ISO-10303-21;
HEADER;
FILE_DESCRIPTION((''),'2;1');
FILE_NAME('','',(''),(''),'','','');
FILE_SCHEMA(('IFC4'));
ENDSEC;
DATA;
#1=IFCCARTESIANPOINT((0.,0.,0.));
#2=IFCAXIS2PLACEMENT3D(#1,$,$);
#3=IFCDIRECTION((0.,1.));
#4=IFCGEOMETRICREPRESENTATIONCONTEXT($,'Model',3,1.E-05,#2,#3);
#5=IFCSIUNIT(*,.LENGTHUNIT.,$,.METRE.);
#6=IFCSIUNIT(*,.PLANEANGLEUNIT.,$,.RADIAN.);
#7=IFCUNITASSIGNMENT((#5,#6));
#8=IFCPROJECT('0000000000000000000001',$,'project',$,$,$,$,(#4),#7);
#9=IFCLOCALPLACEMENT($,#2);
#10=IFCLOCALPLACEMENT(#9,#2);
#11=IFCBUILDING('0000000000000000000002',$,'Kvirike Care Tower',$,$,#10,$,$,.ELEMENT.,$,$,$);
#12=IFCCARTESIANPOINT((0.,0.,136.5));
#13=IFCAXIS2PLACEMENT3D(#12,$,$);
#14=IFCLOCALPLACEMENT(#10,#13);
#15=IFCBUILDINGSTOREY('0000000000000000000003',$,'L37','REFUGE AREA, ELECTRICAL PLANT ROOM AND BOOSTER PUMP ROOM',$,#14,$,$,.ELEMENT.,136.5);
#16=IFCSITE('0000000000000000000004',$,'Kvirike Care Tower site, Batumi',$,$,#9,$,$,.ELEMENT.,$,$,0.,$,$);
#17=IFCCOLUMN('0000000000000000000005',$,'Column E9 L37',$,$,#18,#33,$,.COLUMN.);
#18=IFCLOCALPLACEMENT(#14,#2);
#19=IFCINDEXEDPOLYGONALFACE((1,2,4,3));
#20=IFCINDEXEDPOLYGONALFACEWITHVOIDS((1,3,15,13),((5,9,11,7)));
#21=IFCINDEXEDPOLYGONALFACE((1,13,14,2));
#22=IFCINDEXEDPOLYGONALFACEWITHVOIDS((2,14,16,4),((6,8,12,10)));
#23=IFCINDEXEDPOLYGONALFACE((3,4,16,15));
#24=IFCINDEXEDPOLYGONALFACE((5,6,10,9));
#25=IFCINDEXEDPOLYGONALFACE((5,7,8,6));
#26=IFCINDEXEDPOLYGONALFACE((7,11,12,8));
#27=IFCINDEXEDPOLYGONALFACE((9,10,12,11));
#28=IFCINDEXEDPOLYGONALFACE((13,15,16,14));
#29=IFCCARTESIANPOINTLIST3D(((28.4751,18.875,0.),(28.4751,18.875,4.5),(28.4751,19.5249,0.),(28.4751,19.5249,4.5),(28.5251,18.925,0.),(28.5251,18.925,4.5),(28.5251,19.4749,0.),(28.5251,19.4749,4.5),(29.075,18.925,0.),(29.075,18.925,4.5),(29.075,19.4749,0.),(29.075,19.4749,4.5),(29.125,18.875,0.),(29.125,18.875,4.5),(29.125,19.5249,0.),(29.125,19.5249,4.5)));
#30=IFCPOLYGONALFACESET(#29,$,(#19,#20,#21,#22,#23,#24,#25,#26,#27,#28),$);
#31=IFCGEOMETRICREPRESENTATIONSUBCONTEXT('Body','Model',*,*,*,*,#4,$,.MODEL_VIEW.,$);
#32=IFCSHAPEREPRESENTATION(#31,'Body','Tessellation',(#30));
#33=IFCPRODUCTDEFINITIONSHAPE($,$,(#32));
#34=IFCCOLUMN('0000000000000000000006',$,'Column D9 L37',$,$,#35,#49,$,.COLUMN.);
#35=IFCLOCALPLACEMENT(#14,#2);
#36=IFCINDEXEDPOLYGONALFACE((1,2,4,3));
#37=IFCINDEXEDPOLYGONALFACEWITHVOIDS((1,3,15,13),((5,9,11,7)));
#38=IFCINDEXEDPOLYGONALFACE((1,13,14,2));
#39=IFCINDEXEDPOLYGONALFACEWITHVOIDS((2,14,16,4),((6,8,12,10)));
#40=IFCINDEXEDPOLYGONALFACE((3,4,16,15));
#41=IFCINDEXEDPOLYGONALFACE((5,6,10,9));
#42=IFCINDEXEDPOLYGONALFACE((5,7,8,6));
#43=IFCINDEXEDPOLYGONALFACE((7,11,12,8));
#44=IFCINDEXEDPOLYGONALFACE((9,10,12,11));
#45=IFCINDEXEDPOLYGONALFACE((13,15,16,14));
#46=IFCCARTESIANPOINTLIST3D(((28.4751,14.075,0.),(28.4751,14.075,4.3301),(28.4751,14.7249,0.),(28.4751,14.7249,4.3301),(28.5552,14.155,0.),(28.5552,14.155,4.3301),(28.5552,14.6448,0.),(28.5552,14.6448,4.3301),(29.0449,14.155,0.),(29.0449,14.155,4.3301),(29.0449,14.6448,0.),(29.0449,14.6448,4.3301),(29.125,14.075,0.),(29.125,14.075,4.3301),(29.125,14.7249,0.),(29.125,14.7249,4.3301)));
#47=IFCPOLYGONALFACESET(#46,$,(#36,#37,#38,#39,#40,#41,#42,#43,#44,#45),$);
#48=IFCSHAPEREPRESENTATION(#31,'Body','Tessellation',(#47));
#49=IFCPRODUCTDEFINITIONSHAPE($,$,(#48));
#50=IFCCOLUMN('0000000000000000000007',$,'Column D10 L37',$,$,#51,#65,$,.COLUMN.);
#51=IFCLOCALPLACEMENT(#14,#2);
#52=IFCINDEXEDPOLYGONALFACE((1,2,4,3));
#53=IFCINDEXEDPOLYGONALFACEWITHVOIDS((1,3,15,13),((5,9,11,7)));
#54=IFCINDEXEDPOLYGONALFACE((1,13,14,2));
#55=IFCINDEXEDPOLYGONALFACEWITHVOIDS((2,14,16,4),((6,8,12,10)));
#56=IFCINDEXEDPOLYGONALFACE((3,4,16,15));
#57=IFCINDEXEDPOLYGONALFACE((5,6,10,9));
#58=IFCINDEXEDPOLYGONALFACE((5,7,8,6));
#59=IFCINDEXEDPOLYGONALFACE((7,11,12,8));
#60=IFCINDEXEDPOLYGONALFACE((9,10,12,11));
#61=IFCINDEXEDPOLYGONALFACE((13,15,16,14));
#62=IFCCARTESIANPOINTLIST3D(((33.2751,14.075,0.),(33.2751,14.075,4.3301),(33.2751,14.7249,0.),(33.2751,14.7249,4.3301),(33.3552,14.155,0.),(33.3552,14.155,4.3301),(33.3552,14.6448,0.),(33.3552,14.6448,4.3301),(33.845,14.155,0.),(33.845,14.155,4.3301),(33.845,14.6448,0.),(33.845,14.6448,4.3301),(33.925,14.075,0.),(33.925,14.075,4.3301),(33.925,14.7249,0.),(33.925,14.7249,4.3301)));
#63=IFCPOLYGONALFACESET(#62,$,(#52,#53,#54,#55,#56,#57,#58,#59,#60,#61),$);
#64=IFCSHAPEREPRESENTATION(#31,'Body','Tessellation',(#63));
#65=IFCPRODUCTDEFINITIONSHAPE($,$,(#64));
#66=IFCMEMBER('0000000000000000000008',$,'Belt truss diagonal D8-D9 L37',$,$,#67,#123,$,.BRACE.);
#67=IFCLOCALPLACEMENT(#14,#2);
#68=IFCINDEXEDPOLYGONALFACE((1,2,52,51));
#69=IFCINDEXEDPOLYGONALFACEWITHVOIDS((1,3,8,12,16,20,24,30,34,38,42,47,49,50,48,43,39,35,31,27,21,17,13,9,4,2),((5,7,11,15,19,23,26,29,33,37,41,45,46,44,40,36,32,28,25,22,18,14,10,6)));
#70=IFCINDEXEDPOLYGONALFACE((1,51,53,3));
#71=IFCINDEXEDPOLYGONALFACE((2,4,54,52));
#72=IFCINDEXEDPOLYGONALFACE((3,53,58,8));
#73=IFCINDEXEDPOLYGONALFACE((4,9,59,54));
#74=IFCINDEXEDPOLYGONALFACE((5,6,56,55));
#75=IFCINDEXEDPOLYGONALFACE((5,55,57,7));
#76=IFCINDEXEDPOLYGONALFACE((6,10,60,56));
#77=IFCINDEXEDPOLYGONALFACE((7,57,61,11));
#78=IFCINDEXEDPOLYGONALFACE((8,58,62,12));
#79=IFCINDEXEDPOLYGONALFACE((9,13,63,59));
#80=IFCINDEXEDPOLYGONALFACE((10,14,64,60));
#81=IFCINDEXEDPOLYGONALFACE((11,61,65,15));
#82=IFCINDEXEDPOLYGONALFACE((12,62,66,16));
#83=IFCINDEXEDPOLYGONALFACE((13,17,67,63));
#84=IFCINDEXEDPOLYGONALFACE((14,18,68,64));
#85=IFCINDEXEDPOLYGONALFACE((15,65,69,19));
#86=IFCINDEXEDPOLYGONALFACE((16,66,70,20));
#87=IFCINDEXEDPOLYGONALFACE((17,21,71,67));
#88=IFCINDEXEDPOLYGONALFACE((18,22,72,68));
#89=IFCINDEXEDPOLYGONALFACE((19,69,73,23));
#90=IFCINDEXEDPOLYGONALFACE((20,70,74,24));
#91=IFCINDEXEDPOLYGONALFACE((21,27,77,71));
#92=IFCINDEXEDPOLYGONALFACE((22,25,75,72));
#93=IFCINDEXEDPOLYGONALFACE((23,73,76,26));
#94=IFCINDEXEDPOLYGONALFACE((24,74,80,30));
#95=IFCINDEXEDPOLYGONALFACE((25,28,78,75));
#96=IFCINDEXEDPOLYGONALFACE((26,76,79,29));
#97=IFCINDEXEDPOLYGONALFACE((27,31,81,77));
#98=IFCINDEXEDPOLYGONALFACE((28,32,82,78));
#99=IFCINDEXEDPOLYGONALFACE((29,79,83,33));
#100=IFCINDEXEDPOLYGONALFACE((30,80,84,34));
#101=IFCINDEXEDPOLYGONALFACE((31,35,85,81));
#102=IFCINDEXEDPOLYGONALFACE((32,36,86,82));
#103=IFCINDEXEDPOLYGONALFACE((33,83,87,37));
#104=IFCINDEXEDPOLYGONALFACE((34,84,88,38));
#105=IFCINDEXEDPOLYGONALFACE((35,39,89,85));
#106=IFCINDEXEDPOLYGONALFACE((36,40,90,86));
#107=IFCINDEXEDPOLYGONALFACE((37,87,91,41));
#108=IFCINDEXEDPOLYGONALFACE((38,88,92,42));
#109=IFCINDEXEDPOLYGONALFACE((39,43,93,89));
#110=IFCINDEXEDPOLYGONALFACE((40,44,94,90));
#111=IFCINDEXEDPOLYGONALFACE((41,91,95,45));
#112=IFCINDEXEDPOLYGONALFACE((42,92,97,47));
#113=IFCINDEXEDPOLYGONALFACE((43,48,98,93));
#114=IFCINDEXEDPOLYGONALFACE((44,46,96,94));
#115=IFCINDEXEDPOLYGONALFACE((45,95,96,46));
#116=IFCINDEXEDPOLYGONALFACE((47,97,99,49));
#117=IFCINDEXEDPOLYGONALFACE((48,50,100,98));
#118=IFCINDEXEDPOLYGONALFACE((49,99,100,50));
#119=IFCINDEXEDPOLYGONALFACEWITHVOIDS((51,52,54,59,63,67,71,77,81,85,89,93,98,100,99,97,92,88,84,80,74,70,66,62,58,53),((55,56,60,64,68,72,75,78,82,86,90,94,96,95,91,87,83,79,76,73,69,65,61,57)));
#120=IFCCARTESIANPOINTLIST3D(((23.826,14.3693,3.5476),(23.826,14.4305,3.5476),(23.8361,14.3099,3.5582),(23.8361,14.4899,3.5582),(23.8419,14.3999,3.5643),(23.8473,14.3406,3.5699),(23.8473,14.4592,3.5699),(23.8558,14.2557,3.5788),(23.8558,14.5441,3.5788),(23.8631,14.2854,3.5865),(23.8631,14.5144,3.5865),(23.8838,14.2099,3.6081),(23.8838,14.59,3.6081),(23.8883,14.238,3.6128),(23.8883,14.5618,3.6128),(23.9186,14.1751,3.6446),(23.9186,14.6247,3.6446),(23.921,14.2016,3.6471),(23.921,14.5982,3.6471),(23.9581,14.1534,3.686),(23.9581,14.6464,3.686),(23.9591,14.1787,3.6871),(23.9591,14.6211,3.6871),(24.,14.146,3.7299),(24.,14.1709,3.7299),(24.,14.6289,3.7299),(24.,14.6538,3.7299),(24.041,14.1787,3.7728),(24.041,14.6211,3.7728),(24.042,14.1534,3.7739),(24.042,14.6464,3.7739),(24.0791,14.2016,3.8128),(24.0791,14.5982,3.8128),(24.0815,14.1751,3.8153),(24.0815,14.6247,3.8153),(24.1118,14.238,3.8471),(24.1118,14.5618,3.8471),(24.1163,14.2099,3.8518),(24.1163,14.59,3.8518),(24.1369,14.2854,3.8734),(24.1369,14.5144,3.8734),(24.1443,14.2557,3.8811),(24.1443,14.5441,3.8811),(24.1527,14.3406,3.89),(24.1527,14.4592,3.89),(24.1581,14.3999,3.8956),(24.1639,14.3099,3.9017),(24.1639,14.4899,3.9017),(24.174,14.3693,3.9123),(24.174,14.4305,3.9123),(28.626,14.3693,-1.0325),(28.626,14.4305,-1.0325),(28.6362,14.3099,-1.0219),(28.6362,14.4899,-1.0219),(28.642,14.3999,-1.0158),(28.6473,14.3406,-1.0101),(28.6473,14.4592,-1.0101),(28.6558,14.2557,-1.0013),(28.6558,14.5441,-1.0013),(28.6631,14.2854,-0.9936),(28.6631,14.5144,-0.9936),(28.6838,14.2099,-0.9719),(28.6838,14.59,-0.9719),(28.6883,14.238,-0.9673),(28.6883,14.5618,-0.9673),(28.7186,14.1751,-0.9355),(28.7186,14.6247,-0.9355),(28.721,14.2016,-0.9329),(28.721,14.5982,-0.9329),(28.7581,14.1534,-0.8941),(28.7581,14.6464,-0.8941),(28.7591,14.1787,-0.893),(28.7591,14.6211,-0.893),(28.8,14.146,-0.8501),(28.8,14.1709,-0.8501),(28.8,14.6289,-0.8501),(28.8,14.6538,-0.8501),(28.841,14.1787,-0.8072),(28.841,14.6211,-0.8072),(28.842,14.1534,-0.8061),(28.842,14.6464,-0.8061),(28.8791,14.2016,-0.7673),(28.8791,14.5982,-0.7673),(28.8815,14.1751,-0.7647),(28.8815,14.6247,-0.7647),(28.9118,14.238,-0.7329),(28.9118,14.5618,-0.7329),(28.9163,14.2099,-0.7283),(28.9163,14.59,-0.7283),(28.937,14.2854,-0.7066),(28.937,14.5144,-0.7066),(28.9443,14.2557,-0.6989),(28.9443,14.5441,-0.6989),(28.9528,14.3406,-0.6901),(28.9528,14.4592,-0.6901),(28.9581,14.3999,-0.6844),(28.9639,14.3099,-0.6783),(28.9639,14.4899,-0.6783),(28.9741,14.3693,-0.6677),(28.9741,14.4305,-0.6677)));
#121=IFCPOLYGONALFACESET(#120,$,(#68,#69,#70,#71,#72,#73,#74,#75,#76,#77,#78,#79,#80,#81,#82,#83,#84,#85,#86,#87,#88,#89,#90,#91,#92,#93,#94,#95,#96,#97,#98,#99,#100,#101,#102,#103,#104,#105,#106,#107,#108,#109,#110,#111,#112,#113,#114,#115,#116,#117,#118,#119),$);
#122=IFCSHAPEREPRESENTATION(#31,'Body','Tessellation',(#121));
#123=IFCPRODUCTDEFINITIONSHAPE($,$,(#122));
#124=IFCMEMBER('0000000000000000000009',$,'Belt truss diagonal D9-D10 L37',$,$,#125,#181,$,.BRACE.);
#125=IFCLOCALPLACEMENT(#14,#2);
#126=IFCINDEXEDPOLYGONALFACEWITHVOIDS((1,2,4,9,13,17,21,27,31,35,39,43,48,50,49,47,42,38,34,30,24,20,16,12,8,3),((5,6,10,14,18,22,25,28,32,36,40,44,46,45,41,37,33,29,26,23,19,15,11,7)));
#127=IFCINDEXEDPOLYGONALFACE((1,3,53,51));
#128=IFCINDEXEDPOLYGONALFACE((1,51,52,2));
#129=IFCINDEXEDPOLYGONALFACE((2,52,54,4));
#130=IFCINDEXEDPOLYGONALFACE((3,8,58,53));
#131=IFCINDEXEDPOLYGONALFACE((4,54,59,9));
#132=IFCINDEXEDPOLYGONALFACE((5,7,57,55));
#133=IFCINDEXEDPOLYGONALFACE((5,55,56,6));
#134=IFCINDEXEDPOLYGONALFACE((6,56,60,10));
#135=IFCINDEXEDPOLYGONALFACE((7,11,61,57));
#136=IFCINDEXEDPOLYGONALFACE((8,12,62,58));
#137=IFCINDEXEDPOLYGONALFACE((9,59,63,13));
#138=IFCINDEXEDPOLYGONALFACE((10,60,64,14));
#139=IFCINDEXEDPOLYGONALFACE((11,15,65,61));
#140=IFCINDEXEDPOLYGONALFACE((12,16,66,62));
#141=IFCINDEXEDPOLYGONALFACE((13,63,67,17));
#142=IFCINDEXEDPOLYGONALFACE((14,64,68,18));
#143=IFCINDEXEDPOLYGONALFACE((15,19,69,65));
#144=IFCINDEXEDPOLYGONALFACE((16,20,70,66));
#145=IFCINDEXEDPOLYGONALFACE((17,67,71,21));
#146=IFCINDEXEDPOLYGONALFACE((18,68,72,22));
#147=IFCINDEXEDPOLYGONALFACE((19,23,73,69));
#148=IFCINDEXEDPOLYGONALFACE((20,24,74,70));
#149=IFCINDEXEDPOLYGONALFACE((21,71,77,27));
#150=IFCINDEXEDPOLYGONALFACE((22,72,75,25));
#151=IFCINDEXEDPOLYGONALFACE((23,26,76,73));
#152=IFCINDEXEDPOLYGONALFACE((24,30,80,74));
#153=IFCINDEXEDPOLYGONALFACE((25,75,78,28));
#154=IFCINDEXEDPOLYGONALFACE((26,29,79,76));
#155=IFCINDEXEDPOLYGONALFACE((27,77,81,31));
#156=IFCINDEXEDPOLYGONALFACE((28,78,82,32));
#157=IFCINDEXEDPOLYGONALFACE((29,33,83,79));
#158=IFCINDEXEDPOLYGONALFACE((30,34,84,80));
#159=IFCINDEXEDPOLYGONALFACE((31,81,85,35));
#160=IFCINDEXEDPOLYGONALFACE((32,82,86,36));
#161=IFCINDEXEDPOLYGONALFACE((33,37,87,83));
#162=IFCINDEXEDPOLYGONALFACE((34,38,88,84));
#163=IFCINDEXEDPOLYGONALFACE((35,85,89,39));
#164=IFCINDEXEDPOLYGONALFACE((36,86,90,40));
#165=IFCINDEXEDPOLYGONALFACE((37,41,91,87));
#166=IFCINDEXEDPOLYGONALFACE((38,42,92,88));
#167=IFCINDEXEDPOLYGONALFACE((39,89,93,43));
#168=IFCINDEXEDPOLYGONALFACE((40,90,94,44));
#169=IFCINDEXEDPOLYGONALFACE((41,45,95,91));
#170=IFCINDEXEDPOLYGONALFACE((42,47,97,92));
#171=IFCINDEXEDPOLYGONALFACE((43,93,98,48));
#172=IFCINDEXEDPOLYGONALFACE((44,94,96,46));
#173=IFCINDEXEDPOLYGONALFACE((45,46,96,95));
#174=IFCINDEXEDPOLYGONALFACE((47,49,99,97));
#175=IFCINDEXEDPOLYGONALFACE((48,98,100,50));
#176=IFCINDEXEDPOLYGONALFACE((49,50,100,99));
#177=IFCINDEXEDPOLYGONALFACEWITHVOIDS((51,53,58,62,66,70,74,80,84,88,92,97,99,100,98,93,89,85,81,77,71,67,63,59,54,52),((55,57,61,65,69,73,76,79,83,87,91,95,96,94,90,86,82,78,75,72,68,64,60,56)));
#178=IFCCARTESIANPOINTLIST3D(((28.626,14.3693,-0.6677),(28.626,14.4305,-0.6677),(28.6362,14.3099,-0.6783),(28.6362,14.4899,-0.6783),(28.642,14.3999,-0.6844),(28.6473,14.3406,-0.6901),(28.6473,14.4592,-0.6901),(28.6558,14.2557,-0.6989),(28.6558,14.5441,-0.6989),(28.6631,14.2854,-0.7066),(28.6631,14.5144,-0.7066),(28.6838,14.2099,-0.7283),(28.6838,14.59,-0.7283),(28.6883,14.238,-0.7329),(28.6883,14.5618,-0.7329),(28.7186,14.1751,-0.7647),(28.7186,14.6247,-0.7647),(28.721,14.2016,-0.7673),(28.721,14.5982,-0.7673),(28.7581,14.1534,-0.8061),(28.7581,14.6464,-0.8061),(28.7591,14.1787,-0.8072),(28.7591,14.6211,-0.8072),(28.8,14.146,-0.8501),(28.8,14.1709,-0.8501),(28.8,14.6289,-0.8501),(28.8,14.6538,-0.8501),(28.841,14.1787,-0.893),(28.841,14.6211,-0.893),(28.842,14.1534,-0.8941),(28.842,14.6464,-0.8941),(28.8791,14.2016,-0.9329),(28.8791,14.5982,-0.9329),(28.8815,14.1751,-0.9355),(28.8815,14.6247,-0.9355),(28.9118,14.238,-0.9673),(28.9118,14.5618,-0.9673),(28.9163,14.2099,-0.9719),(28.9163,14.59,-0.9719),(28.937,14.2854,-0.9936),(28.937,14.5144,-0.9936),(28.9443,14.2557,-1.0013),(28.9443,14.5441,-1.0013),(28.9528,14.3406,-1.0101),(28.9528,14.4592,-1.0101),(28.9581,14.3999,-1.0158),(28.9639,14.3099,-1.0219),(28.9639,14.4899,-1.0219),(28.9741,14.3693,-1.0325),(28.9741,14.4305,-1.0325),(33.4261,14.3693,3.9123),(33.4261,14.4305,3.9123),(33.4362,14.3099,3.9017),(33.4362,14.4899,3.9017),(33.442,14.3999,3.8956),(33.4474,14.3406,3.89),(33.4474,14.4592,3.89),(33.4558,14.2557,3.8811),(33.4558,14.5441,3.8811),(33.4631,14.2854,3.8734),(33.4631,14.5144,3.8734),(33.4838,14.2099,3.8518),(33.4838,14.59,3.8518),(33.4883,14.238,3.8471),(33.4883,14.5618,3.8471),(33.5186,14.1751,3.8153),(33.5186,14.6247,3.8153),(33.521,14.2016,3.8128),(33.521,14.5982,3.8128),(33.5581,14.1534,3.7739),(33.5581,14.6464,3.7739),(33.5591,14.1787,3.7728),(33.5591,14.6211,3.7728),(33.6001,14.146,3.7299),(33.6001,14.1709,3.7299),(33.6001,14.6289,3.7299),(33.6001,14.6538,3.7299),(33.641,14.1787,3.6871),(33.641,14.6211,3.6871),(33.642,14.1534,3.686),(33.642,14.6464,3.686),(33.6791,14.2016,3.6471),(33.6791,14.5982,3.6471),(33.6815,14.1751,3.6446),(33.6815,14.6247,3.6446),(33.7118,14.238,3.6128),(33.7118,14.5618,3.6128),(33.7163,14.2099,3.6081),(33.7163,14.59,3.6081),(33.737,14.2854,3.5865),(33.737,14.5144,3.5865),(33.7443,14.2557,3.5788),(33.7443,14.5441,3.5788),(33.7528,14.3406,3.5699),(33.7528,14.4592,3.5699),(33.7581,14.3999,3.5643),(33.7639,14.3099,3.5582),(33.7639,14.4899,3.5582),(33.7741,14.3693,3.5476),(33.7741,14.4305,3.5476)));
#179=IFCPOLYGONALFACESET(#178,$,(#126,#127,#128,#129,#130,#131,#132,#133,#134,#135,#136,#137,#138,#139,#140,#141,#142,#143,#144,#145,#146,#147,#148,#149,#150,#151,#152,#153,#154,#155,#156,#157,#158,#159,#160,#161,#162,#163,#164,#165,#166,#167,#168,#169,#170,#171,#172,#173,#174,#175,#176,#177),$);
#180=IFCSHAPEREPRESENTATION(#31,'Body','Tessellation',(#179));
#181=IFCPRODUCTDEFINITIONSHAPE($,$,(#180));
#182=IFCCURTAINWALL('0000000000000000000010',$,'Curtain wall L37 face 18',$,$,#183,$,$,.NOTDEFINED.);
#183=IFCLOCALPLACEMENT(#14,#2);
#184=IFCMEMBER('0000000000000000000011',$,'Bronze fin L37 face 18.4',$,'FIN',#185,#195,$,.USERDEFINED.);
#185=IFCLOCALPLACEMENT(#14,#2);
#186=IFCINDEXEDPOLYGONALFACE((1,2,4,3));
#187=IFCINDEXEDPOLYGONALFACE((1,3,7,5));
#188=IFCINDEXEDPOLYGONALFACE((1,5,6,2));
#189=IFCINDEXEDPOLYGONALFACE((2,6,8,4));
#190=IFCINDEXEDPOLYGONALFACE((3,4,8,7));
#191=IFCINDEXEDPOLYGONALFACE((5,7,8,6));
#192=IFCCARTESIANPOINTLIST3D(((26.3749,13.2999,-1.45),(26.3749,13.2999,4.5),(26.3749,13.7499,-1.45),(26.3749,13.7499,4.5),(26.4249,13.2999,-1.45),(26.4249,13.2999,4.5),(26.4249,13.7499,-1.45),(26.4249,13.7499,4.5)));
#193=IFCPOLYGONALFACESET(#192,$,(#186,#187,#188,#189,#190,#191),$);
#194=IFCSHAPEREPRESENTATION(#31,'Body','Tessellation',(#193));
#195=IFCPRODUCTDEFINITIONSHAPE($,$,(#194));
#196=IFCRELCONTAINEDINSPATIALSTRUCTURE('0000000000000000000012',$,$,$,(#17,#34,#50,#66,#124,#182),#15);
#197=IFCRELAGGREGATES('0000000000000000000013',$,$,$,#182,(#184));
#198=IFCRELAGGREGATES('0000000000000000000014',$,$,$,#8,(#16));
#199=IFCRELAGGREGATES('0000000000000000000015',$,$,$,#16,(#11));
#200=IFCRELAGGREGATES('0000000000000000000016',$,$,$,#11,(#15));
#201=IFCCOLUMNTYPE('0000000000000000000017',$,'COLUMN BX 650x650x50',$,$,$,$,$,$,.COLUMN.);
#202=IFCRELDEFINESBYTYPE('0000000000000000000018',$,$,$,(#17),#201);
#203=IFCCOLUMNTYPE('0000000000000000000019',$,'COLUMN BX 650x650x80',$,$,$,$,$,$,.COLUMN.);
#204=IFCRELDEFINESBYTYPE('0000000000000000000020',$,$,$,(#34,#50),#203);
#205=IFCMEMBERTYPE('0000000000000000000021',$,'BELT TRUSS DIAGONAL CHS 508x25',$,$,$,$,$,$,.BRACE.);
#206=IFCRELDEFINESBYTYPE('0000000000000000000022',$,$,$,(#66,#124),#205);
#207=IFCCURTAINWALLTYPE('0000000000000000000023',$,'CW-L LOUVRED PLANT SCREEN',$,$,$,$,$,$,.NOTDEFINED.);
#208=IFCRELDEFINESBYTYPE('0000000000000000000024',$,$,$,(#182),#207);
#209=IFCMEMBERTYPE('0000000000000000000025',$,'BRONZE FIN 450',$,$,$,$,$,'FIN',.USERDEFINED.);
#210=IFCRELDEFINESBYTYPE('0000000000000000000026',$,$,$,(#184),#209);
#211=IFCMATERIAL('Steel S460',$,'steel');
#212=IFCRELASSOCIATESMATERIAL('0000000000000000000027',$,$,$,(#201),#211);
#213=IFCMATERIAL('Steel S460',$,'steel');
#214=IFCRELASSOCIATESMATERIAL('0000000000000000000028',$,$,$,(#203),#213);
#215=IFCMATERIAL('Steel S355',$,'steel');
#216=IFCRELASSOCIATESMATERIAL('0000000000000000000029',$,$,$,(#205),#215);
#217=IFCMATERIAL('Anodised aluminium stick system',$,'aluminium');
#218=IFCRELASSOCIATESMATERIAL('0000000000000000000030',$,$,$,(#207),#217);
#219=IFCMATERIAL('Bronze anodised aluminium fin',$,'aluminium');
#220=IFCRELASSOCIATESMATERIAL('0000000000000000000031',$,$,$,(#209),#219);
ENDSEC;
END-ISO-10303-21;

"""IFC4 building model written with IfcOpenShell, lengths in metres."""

from ifc_helpers import new_model, si_unit, direction, frame, origin, origin_2d, place, context, subcontext, project, spatial, rectangle, hollow_rectangle, hollow_circle, extrude, material, material_profile, profile_set, type_object, element, aggregate, save


model = new_model("IFC4")

# Units and contexts
model_context = context("Model", 3, precision=1e-05, world=origin(), true_north=direction((0.0, 1.0)))
body_context = subcontext(model_context, "Body", "Model", "MODEL_VIEW")
ifc_project = project(units=[si_unit("LENGTHUNIT", "METRE"), si_unit("PLANEANGLEUNIT", "RADIAN")], contexts=[model_context])

# Site, building, storey
site_placement = place(None, origin())
site = spatial("IfcSite", under=ifc_project, at=site_placement, Name="Kvirike Care Tower site, Batumi", CompositionType="ELEMENT", RefElevation=0.0)
building_placement = place(site_placement, origin())
building = spatial("IfcBuilding", under=site, at=building_placement, Name="Kvirike Care Tower", CompositionType="ELEMENT")
storey_placement = place(building_placement, frame((0.0, 0.0, 136.5)))
storey = spatial("IfcBuildingStorey", under=building, at=storey_placement, Name="L37", Description="REFUGE AREA, ELECTRICAL PLANT ROOM AND BOOSTER PUMP ROOM", CompositionType="ELEMENT", Elevation=136.5)

# Columns
ifc_material_1 = material(Name="Steel S460", Category="steel")
ifc_material_profile_1 = material_profile(ifc_material_1, hollow_rectangle(XDim=0.6499, YDim=0.6499, WallThickness=0.05, at=origin_2d()), Name="BX 650x650x50")
ifc_profile_set_1 = profile_set([ifc_material_profile_1], Name="Steel S460")
column_type_1 = type_object("IfcColumnType", Name="COLUMN BX 650x650x50", PredefinedType="COLUMN", material=ifc_profile_set_1)
column_placement = place(storey_placement, frame((28.8, 19.2, 0.0), z_axis=(0.0, 0.0, 1.0), x_axis=(1.0, 0.0, 0.0)))
element("IfcColumn", 1, at=column_placement, inside=storey, type_object=column_type_1, Name="Column E9 L37", PredefinedType="COLUMN", context=body_context, shape_type="SweptSolid", body=[
    extrude(hollow_rectangle(XDim=0.6499, YDim=0.6499, WallThickness=0.05, at=origin_2d()), origin(), (0.0, 0.0, 1.0), 4.5),
])
ifc_material_2 = material(Name="Steel S460", Category="steel")
ifc_material_profile_2 = material_profile(ifc_material_2, hollow_rectangle(XDim=0.6499, YDim=0.6499, WallThickness=0.0801, at=origin_2d()), Name="BX 650x650x80")
ifc_profile_set_2 = profile_set([ifc_material_profile_2], Name="Steel S460")
column_type_2 = type_object("IfcColumnType", Name="COLUMN BX 650x650x80", PredefinedType="COLUMN", material=ifc_profile_set_2)
for number, where, z_axis, x_axis, name in (
    (2, (28.8, 14.3999, 0.0), (0.0, 0.0, 1.0), (0.0, 1.0, 0.0), "Column D9 L37"),
    (3, (33.6001, 14.3999, 0.0), (0.0, 0.0, 1.0), (0.0, 1.0, 0.0), "Column D10 L37"),
):
    element("IfcColumn", number, at=place(storey_placement, frame(where, z_axis=z_axis, x_axis=x_axis)), inside=storey, type_object=column_type_2, Name=name, PredefinedType="COLUMN", context=body_context, shape_type="SweptSolid", body=[
        extrude(hollow_rectangle(XDim=0.6499, YDim=0.6499, WallThickness=0.0801, at=origin_2d()), origin(), (0.0, 0.0, 1.0), 4.3301),
    ])

# Members
ifc_material_3 = material(Name="Steel S355", Category="steel")
ifc_material_profile_3 = material_profile(ifc_material_3, hollow_circle(Radius=0.2539, WallThickness=0.0249, at=origin_2d()), Name="CHS 508x25")
ifc_profile_set_3 = profile_set([ifc_material_profile_3], Name="Steel S355")
member_type_1 = type_object("IfcMemberType", Name="BELT TRUSS DIAGONAL CHS 508x25", PredefinedType="BRACE", material=ifc_profile_set_3)
for number, where, z_axis, x_axis, name in (
    (4, (28.8, 14.3999, -0.8501), (-0.72349, 0.0, 0.690335), (0.0, -1.0, 0.0), "Belt truss diagonal D8-D9 L37"),
    (5, (28.8, 14.3999, -0.8501), (0.72349, 0.0, 0.690335), (0.0, 1.0, 0.0), "Belt truss diagonal D9-D10 L37"),
):
    element("IfcMember", number, at=place(storey_placement, frame(where, z_axis=z_axis, x_axis=x_axis)), inside=storey, type_object=member_type_1, Name=name, PredefinedType="BRACE", context=body_context, shape_type="SweptSolid", body=[
        extrude(hollow_circle(Radius=0.2539, WallThickness=0.0249, at=origin_2d()), origin(), (0.0, 0.0, 1.0), 6.6345),
    ])

# Curtain wall, member
ifc_material_4 = material(Name="Anodised aluminium stick system", Category="aluminium")
curtain_wall_type = type_object("IfcCurtainWallType", Name="CW-L LOUVRED PLANT SCREEN", PredefinedType="NOTDEFINED", material=ifc_material_4)
curtain_wall_placement = place(storey_placement, origin())
curtain_wall = element("IfcCurtainWall", 6, at=curtain_wall_placement, inside=storey, type_object=curtain_wall_type, Name="Curtain wall L37 face 18", PredefinedType="NOTDEFINED")
ifc_material_5 = material(Name="Bronze anodised aluminium fin", Category="aluminium")
ifc_material_profile_4 = material_profile(ifc_material_5, rectangle(XDim=0.05, YDim=0.45, at=origin_2d()), Name="BRONZE FIN 450")
ifc_profile_set_4 = profile_set([ifc_material_profile_4], Name="Bronze anodised aluminium fin")
member_type_2 = type_object("IfcMemberType", Name="BRONZE FIN 450", ElementType="FIN", PredefinedType="USERDEFINED", material=ifc_profile_set_4)
member_1_placement = place(storey_placement, frame((26.3999, 13.5249, -1.45), z_axis=(0.0, 0.0, 1.0), x_axis=(1.0, 0.0, 0.0)))
member_1 = element("IfcMember", 7, at=member_1_placement, type_object=member_type_2, Name="Bronze fin L37 face 18.4", ObjectType="FIN", PredefinedType="USERDEFINED", context=body_context, shape_type="SweptSolid", body=[
    extrude(rectangle(XDim=0.05, YDim=0.45, at=origin_2d()), origin(), (0.0, 0.0, 1.0), 5.95),
])

aggregate(curtain_wall, [member_1])

save(model, "model.ifc")
